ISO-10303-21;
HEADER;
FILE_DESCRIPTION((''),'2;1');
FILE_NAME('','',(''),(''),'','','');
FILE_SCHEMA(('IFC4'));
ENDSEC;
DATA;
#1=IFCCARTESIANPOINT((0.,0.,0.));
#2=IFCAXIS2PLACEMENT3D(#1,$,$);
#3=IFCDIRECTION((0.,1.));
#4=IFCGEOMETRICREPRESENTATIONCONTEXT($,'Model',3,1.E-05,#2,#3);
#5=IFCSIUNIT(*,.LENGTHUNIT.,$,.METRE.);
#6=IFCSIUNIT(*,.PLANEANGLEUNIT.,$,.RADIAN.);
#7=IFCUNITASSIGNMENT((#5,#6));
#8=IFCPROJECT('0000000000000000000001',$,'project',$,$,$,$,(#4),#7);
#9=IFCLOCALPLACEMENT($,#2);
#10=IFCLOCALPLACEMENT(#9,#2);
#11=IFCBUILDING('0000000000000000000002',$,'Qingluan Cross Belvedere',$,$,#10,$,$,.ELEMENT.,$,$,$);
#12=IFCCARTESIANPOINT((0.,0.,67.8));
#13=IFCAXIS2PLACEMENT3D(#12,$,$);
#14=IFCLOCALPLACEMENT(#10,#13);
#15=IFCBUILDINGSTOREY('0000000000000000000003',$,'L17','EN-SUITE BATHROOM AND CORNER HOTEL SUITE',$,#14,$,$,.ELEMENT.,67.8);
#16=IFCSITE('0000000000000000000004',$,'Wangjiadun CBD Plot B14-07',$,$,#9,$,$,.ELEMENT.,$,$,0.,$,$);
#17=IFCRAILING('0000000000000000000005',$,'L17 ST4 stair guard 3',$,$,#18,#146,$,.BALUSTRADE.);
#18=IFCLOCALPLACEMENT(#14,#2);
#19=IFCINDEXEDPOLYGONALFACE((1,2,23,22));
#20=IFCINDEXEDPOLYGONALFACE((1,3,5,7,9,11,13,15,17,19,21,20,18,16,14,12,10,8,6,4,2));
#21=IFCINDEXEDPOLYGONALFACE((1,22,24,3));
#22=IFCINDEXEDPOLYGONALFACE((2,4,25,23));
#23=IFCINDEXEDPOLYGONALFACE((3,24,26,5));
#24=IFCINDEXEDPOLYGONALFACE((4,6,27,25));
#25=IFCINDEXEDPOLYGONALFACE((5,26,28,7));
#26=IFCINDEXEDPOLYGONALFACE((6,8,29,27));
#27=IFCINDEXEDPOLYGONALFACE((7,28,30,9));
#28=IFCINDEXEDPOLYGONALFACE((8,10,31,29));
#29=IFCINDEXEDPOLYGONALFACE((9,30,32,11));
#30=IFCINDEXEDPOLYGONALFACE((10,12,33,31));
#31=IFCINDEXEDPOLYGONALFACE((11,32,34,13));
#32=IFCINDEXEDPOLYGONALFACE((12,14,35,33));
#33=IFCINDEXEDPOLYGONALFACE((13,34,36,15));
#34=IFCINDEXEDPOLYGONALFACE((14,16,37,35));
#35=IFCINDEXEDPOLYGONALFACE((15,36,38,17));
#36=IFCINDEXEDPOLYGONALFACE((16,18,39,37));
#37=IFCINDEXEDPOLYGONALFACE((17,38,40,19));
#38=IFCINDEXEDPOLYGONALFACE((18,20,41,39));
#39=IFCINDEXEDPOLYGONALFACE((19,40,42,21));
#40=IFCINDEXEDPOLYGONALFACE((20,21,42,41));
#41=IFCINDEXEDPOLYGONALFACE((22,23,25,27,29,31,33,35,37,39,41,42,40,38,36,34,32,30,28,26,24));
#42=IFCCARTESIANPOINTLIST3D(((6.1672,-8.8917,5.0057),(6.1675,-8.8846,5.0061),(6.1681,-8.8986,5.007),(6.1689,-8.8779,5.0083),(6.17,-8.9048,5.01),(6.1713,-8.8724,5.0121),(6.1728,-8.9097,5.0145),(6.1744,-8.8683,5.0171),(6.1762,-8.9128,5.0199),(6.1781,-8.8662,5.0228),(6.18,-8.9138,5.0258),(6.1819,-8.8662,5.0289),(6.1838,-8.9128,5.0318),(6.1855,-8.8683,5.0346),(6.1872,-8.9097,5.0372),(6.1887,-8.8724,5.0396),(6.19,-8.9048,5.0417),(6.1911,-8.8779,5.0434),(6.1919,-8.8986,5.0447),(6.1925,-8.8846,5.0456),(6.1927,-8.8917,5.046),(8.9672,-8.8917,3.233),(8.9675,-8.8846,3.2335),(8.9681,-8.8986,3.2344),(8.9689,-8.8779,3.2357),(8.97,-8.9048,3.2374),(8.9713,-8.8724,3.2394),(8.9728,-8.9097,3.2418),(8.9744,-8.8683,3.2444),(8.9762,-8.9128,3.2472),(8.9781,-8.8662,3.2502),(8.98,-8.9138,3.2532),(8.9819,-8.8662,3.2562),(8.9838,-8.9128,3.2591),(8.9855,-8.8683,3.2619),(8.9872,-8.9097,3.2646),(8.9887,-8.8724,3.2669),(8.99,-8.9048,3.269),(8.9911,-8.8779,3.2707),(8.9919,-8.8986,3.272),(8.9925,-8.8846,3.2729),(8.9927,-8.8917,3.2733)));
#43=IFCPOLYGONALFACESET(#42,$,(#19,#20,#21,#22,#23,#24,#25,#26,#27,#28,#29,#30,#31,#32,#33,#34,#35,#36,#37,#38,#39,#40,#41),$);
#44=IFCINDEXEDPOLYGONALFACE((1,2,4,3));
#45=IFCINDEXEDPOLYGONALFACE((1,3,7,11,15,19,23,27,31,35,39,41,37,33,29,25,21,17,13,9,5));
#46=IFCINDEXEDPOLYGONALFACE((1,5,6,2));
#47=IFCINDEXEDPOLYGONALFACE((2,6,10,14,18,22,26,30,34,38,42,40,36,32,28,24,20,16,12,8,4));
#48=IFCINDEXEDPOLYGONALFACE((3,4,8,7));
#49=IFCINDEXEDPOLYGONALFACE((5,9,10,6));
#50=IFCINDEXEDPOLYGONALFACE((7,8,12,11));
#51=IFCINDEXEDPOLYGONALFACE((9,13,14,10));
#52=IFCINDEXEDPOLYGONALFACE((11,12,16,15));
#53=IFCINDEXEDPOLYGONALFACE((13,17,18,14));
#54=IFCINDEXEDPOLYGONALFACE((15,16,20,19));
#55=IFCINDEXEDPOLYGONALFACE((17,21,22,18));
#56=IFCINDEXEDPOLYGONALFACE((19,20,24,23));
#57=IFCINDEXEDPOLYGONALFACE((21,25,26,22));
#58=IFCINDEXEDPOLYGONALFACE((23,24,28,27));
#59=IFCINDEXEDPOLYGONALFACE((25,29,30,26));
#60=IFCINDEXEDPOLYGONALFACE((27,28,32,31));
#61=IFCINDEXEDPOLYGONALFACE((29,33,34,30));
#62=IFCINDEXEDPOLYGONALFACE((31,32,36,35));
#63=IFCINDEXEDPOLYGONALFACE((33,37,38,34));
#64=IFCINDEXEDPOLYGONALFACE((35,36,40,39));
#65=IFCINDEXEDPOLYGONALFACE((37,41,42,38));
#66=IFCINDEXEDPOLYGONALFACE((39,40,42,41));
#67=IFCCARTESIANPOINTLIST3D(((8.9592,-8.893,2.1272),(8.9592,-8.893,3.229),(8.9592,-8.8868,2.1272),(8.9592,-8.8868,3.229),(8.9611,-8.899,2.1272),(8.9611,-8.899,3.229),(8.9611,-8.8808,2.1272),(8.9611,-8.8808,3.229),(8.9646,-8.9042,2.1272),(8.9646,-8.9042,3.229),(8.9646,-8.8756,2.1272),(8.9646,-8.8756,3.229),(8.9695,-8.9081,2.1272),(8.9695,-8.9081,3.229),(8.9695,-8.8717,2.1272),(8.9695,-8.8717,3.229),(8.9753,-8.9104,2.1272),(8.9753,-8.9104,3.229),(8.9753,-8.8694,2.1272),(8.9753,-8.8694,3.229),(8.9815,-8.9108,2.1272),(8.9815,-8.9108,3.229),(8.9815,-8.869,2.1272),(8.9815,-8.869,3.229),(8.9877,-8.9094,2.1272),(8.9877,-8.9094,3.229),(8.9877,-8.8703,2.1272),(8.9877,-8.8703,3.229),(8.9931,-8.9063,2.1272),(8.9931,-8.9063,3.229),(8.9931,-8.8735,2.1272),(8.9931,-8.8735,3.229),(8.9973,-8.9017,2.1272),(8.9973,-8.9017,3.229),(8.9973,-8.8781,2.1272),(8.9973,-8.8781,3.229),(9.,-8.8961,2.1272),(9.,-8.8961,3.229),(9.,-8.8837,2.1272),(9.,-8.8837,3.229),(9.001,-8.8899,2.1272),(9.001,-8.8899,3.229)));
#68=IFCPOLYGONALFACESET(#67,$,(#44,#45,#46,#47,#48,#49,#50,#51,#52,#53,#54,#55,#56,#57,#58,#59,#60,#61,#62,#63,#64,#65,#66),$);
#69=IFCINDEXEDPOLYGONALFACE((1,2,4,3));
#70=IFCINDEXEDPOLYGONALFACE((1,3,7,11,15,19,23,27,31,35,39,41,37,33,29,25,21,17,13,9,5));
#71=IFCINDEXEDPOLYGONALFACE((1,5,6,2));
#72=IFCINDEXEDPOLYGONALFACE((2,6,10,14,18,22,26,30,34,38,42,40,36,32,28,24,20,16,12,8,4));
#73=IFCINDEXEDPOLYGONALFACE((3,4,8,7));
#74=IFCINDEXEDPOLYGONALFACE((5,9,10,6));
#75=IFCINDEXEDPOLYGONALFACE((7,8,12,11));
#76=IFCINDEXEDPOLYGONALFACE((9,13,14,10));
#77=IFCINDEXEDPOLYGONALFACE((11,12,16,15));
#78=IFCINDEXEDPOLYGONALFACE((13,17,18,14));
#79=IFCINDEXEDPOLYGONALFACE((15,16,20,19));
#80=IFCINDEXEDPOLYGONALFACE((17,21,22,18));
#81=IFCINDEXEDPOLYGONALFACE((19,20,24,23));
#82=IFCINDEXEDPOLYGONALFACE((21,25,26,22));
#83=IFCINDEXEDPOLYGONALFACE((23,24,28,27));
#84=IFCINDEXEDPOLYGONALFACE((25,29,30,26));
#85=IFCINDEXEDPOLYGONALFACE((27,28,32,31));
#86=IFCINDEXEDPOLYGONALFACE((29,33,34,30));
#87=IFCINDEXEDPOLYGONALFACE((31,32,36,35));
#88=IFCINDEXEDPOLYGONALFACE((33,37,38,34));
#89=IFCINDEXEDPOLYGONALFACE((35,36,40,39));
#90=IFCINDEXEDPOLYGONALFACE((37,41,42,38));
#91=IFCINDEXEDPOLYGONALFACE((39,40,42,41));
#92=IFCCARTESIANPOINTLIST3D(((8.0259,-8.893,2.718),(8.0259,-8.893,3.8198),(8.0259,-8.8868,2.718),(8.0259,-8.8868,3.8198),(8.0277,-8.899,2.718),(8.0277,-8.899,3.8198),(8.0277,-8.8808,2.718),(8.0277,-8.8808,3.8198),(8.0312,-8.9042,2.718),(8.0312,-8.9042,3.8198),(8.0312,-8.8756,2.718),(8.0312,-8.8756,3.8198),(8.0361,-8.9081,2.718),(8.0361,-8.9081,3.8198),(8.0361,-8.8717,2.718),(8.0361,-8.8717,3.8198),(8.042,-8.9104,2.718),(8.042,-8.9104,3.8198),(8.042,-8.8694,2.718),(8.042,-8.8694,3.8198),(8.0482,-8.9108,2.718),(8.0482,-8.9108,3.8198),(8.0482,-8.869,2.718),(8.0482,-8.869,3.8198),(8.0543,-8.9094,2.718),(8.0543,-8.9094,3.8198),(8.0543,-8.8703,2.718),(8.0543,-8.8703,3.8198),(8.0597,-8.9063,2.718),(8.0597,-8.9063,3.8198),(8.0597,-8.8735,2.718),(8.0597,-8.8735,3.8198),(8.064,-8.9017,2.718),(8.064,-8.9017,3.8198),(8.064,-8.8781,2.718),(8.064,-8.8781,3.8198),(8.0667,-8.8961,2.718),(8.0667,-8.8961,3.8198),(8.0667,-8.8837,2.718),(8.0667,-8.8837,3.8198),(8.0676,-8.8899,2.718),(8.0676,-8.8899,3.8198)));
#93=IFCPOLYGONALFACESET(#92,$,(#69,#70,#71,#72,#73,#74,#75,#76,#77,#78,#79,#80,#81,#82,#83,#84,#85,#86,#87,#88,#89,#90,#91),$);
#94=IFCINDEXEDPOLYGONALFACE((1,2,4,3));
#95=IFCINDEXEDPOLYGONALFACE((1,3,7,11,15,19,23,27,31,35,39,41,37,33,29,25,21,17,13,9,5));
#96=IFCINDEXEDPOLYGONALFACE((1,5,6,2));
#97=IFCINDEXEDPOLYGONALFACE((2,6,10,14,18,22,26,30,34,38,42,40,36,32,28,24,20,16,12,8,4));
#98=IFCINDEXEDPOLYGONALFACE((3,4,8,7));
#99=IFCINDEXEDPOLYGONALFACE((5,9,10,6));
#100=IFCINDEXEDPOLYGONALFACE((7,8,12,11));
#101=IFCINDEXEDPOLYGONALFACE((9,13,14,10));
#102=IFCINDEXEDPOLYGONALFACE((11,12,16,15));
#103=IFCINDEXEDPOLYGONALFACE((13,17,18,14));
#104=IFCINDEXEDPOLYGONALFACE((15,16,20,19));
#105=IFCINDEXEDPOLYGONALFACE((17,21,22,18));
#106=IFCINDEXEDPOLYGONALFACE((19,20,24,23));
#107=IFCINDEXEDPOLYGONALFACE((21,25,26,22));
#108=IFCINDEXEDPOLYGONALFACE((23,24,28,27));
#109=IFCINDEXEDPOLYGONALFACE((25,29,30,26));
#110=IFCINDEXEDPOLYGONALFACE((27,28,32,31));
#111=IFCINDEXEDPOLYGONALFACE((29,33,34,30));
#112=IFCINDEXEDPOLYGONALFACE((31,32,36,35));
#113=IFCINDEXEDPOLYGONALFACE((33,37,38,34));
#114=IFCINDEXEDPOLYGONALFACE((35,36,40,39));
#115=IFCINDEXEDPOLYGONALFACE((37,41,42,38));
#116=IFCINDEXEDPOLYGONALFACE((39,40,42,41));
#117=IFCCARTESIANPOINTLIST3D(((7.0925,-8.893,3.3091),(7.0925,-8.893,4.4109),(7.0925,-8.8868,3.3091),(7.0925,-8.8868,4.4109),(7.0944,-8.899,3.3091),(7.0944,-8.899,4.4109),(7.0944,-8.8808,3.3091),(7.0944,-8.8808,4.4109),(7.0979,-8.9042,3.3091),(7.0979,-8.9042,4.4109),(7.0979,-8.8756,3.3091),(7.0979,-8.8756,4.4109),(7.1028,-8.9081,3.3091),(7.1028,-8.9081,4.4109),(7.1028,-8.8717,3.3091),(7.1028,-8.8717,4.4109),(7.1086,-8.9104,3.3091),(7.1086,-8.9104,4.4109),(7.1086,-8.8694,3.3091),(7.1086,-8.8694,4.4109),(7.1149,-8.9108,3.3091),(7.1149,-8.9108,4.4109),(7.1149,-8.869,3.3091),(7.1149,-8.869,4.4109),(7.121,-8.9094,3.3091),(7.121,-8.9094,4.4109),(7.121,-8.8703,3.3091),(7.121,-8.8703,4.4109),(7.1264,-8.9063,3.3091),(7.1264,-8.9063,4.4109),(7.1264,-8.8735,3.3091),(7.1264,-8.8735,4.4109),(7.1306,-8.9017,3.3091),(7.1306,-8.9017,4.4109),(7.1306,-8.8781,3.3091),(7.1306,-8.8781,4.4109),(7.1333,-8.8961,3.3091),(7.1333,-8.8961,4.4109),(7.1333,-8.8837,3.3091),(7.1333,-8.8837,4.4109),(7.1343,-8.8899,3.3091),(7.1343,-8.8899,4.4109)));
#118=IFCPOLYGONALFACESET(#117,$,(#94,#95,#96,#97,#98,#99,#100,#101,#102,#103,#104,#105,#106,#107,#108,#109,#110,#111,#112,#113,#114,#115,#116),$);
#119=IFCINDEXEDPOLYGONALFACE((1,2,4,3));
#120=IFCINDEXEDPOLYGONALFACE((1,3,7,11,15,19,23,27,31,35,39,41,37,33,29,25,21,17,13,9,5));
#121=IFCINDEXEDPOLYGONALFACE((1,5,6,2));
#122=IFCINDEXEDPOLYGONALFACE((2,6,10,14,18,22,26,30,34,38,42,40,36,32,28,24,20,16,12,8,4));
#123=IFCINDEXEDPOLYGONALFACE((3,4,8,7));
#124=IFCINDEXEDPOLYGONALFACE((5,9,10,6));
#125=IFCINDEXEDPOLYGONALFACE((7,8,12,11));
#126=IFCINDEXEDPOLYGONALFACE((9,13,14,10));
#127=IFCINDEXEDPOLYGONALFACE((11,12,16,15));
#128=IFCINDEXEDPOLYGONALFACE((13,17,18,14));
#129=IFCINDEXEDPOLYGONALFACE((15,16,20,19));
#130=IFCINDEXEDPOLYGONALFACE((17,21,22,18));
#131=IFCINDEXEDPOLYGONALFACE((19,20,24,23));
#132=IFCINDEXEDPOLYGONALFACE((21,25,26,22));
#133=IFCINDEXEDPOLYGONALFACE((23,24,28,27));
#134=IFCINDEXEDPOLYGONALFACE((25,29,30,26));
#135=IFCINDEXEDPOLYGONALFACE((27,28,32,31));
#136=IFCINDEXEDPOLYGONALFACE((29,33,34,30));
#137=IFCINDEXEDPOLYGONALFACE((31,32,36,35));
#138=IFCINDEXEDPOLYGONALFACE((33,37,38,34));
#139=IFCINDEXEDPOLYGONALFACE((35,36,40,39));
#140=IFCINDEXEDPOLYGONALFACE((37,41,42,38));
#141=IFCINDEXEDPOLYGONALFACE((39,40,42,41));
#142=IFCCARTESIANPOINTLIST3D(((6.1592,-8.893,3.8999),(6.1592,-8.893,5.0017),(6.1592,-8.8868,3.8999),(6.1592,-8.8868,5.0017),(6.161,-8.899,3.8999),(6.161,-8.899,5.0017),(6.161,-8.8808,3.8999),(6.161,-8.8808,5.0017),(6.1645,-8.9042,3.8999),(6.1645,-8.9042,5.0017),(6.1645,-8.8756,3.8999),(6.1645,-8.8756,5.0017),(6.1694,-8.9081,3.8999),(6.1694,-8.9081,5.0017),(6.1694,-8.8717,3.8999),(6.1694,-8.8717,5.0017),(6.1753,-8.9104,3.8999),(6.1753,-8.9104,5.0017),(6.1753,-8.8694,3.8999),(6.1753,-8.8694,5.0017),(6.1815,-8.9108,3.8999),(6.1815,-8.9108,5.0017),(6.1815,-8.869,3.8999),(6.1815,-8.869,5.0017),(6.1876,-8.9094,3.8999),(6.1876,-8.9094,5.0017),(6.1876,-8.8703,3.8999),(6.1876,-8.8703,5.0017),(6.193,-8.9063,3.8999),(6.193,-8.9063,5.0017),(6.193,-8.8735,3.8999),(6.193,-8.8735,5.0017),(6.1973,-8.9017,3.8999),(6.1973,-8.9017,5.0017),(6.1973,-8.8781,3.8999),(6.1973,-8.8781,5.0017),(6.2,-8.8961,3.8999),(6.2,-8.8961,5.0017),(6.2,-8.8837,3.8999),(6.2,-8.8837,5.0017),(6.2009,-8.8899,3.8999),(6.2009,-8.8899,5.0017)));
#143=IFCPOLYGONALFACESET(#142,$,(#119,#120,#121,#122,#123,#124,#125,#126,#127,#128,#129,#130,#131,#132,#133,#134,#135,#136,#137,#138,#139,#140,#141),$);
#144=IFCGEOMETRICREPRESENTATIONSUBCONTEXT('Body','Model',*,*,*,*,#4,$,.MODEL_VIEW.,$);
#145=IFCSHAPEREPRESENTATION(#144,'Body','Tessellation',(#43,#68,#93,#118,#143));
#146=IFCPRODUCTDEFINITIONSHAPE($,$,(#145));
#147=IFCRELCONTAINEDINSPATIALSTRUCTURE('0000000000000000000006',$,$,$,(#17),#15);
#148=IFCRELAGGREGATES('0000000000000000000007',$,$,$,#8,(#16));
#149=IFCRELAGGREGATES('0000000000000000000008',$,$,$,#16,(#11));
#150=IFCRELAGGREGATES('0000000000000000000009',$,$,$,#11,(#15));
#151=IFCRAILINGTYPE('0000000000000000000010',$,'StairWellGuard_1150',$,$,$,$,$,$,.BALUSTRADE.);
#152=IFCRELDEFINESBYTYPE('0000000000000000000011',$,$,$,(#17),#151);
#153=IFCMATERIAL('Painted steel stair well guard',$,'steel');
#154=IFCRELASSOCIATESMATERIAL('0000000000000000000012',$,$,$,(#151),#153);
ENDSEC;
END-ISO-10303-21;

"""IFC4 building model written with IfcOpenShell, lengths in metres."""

from ifc_helpers import new_model, si_unit, direction, frame, origin, origin_2d, place, context, subcontext, project, spatial, circle, extrude, material, type_object, element, save


model = new_model("IFC4")

# Units and contexts
model_context = context("Model", 3, precision=1e-05, world=origin(), true_north=direction((0.0, 1.0)))
body_context = subcontext(model_context, "Body", "Model", "MODEL_VIEW")
ifc_project = project(units=[si_unit("LENGTHUNIT", "METRE"), si_unit("PLANEANGLEUNIT", "RADIAN")], contexts=[model_context])

# Site, building, storey
site_placement = place(None, origin())
site = spatial("IfcSite", under=ifc_project, at=site_placement, Name="Wangjiadun CBD Plot B14-07", CompositionType="ELEMENT", RefElevation=0.0)
building_placement = place(site_placement, origin())
building = spatial("IfcBuilding", under=site, at=building_placement, Name="Qingluan Cross Belvedere", CompositionType="ELEMENT")
storey_placement = place(building_placement, frame((0.0, 0.0, 67.8)))
storey = spatial("IfcBuildingStorey", under=building, at=storey_placement, Name="L17", Description="EN-SUITE BATHROOM AND CORNER HOTEL SUITE", CompositionType="ELEMENT", Elevation=67.8)

# Railing
ifc_material_1 = material(Name="Painted steel stair well guard", Category="steel")
railing_type_1 = type_object("IfcRailingType", Name="StairWellGuard_1150", PredefinedType="BALUSTRADE", material=ifc_material_1)
railing_1_placement = place(storey_placement, frame((8.98, -8.8899, 2.1272)))
element("IfcRailing", 1, at=railing_1_placement, inside=storey, type_object=railing_type_1, Name="L17 ST4 stair guard 3", PredefinedType="BALUSTRADE", context=body_context, shape_type="SweptSolid", body=[
    extrude(circle(Radius=0.0239, at=origin_2d()), frame((0.0, 0.0, 1.126), z_axis=(-0.844909, 0.0, 0.53491), x_axis=(0.0, -1.0, 0.0)), (0.0, 0.0, 1.0), 3.314),
    extrude(circle(Radius=0.021, at=origin_2d()), origin(), (0.0, 0.0, 1.0), 1.1018),
    extrude(circle(Radius=0.021, at=origin_2d()), frame((-0.9333, 0.0, 0.5908)), (0.0, 0.0, 1.0), 1.1018),
    extrude(circle(Radius=0.021, at=origin_2d()), frame((-1.8667, 0.0, 1.1819)), (0.0, 0.0, 1.0), 1.1018),
    extrude(circle(Radius=0.021, at=origin_2d()), frame((-2.8, 0.0, 1.7727)), (0.0, 0.0, 1.0), 1.1018),
])

save(model, "model.ifc")
